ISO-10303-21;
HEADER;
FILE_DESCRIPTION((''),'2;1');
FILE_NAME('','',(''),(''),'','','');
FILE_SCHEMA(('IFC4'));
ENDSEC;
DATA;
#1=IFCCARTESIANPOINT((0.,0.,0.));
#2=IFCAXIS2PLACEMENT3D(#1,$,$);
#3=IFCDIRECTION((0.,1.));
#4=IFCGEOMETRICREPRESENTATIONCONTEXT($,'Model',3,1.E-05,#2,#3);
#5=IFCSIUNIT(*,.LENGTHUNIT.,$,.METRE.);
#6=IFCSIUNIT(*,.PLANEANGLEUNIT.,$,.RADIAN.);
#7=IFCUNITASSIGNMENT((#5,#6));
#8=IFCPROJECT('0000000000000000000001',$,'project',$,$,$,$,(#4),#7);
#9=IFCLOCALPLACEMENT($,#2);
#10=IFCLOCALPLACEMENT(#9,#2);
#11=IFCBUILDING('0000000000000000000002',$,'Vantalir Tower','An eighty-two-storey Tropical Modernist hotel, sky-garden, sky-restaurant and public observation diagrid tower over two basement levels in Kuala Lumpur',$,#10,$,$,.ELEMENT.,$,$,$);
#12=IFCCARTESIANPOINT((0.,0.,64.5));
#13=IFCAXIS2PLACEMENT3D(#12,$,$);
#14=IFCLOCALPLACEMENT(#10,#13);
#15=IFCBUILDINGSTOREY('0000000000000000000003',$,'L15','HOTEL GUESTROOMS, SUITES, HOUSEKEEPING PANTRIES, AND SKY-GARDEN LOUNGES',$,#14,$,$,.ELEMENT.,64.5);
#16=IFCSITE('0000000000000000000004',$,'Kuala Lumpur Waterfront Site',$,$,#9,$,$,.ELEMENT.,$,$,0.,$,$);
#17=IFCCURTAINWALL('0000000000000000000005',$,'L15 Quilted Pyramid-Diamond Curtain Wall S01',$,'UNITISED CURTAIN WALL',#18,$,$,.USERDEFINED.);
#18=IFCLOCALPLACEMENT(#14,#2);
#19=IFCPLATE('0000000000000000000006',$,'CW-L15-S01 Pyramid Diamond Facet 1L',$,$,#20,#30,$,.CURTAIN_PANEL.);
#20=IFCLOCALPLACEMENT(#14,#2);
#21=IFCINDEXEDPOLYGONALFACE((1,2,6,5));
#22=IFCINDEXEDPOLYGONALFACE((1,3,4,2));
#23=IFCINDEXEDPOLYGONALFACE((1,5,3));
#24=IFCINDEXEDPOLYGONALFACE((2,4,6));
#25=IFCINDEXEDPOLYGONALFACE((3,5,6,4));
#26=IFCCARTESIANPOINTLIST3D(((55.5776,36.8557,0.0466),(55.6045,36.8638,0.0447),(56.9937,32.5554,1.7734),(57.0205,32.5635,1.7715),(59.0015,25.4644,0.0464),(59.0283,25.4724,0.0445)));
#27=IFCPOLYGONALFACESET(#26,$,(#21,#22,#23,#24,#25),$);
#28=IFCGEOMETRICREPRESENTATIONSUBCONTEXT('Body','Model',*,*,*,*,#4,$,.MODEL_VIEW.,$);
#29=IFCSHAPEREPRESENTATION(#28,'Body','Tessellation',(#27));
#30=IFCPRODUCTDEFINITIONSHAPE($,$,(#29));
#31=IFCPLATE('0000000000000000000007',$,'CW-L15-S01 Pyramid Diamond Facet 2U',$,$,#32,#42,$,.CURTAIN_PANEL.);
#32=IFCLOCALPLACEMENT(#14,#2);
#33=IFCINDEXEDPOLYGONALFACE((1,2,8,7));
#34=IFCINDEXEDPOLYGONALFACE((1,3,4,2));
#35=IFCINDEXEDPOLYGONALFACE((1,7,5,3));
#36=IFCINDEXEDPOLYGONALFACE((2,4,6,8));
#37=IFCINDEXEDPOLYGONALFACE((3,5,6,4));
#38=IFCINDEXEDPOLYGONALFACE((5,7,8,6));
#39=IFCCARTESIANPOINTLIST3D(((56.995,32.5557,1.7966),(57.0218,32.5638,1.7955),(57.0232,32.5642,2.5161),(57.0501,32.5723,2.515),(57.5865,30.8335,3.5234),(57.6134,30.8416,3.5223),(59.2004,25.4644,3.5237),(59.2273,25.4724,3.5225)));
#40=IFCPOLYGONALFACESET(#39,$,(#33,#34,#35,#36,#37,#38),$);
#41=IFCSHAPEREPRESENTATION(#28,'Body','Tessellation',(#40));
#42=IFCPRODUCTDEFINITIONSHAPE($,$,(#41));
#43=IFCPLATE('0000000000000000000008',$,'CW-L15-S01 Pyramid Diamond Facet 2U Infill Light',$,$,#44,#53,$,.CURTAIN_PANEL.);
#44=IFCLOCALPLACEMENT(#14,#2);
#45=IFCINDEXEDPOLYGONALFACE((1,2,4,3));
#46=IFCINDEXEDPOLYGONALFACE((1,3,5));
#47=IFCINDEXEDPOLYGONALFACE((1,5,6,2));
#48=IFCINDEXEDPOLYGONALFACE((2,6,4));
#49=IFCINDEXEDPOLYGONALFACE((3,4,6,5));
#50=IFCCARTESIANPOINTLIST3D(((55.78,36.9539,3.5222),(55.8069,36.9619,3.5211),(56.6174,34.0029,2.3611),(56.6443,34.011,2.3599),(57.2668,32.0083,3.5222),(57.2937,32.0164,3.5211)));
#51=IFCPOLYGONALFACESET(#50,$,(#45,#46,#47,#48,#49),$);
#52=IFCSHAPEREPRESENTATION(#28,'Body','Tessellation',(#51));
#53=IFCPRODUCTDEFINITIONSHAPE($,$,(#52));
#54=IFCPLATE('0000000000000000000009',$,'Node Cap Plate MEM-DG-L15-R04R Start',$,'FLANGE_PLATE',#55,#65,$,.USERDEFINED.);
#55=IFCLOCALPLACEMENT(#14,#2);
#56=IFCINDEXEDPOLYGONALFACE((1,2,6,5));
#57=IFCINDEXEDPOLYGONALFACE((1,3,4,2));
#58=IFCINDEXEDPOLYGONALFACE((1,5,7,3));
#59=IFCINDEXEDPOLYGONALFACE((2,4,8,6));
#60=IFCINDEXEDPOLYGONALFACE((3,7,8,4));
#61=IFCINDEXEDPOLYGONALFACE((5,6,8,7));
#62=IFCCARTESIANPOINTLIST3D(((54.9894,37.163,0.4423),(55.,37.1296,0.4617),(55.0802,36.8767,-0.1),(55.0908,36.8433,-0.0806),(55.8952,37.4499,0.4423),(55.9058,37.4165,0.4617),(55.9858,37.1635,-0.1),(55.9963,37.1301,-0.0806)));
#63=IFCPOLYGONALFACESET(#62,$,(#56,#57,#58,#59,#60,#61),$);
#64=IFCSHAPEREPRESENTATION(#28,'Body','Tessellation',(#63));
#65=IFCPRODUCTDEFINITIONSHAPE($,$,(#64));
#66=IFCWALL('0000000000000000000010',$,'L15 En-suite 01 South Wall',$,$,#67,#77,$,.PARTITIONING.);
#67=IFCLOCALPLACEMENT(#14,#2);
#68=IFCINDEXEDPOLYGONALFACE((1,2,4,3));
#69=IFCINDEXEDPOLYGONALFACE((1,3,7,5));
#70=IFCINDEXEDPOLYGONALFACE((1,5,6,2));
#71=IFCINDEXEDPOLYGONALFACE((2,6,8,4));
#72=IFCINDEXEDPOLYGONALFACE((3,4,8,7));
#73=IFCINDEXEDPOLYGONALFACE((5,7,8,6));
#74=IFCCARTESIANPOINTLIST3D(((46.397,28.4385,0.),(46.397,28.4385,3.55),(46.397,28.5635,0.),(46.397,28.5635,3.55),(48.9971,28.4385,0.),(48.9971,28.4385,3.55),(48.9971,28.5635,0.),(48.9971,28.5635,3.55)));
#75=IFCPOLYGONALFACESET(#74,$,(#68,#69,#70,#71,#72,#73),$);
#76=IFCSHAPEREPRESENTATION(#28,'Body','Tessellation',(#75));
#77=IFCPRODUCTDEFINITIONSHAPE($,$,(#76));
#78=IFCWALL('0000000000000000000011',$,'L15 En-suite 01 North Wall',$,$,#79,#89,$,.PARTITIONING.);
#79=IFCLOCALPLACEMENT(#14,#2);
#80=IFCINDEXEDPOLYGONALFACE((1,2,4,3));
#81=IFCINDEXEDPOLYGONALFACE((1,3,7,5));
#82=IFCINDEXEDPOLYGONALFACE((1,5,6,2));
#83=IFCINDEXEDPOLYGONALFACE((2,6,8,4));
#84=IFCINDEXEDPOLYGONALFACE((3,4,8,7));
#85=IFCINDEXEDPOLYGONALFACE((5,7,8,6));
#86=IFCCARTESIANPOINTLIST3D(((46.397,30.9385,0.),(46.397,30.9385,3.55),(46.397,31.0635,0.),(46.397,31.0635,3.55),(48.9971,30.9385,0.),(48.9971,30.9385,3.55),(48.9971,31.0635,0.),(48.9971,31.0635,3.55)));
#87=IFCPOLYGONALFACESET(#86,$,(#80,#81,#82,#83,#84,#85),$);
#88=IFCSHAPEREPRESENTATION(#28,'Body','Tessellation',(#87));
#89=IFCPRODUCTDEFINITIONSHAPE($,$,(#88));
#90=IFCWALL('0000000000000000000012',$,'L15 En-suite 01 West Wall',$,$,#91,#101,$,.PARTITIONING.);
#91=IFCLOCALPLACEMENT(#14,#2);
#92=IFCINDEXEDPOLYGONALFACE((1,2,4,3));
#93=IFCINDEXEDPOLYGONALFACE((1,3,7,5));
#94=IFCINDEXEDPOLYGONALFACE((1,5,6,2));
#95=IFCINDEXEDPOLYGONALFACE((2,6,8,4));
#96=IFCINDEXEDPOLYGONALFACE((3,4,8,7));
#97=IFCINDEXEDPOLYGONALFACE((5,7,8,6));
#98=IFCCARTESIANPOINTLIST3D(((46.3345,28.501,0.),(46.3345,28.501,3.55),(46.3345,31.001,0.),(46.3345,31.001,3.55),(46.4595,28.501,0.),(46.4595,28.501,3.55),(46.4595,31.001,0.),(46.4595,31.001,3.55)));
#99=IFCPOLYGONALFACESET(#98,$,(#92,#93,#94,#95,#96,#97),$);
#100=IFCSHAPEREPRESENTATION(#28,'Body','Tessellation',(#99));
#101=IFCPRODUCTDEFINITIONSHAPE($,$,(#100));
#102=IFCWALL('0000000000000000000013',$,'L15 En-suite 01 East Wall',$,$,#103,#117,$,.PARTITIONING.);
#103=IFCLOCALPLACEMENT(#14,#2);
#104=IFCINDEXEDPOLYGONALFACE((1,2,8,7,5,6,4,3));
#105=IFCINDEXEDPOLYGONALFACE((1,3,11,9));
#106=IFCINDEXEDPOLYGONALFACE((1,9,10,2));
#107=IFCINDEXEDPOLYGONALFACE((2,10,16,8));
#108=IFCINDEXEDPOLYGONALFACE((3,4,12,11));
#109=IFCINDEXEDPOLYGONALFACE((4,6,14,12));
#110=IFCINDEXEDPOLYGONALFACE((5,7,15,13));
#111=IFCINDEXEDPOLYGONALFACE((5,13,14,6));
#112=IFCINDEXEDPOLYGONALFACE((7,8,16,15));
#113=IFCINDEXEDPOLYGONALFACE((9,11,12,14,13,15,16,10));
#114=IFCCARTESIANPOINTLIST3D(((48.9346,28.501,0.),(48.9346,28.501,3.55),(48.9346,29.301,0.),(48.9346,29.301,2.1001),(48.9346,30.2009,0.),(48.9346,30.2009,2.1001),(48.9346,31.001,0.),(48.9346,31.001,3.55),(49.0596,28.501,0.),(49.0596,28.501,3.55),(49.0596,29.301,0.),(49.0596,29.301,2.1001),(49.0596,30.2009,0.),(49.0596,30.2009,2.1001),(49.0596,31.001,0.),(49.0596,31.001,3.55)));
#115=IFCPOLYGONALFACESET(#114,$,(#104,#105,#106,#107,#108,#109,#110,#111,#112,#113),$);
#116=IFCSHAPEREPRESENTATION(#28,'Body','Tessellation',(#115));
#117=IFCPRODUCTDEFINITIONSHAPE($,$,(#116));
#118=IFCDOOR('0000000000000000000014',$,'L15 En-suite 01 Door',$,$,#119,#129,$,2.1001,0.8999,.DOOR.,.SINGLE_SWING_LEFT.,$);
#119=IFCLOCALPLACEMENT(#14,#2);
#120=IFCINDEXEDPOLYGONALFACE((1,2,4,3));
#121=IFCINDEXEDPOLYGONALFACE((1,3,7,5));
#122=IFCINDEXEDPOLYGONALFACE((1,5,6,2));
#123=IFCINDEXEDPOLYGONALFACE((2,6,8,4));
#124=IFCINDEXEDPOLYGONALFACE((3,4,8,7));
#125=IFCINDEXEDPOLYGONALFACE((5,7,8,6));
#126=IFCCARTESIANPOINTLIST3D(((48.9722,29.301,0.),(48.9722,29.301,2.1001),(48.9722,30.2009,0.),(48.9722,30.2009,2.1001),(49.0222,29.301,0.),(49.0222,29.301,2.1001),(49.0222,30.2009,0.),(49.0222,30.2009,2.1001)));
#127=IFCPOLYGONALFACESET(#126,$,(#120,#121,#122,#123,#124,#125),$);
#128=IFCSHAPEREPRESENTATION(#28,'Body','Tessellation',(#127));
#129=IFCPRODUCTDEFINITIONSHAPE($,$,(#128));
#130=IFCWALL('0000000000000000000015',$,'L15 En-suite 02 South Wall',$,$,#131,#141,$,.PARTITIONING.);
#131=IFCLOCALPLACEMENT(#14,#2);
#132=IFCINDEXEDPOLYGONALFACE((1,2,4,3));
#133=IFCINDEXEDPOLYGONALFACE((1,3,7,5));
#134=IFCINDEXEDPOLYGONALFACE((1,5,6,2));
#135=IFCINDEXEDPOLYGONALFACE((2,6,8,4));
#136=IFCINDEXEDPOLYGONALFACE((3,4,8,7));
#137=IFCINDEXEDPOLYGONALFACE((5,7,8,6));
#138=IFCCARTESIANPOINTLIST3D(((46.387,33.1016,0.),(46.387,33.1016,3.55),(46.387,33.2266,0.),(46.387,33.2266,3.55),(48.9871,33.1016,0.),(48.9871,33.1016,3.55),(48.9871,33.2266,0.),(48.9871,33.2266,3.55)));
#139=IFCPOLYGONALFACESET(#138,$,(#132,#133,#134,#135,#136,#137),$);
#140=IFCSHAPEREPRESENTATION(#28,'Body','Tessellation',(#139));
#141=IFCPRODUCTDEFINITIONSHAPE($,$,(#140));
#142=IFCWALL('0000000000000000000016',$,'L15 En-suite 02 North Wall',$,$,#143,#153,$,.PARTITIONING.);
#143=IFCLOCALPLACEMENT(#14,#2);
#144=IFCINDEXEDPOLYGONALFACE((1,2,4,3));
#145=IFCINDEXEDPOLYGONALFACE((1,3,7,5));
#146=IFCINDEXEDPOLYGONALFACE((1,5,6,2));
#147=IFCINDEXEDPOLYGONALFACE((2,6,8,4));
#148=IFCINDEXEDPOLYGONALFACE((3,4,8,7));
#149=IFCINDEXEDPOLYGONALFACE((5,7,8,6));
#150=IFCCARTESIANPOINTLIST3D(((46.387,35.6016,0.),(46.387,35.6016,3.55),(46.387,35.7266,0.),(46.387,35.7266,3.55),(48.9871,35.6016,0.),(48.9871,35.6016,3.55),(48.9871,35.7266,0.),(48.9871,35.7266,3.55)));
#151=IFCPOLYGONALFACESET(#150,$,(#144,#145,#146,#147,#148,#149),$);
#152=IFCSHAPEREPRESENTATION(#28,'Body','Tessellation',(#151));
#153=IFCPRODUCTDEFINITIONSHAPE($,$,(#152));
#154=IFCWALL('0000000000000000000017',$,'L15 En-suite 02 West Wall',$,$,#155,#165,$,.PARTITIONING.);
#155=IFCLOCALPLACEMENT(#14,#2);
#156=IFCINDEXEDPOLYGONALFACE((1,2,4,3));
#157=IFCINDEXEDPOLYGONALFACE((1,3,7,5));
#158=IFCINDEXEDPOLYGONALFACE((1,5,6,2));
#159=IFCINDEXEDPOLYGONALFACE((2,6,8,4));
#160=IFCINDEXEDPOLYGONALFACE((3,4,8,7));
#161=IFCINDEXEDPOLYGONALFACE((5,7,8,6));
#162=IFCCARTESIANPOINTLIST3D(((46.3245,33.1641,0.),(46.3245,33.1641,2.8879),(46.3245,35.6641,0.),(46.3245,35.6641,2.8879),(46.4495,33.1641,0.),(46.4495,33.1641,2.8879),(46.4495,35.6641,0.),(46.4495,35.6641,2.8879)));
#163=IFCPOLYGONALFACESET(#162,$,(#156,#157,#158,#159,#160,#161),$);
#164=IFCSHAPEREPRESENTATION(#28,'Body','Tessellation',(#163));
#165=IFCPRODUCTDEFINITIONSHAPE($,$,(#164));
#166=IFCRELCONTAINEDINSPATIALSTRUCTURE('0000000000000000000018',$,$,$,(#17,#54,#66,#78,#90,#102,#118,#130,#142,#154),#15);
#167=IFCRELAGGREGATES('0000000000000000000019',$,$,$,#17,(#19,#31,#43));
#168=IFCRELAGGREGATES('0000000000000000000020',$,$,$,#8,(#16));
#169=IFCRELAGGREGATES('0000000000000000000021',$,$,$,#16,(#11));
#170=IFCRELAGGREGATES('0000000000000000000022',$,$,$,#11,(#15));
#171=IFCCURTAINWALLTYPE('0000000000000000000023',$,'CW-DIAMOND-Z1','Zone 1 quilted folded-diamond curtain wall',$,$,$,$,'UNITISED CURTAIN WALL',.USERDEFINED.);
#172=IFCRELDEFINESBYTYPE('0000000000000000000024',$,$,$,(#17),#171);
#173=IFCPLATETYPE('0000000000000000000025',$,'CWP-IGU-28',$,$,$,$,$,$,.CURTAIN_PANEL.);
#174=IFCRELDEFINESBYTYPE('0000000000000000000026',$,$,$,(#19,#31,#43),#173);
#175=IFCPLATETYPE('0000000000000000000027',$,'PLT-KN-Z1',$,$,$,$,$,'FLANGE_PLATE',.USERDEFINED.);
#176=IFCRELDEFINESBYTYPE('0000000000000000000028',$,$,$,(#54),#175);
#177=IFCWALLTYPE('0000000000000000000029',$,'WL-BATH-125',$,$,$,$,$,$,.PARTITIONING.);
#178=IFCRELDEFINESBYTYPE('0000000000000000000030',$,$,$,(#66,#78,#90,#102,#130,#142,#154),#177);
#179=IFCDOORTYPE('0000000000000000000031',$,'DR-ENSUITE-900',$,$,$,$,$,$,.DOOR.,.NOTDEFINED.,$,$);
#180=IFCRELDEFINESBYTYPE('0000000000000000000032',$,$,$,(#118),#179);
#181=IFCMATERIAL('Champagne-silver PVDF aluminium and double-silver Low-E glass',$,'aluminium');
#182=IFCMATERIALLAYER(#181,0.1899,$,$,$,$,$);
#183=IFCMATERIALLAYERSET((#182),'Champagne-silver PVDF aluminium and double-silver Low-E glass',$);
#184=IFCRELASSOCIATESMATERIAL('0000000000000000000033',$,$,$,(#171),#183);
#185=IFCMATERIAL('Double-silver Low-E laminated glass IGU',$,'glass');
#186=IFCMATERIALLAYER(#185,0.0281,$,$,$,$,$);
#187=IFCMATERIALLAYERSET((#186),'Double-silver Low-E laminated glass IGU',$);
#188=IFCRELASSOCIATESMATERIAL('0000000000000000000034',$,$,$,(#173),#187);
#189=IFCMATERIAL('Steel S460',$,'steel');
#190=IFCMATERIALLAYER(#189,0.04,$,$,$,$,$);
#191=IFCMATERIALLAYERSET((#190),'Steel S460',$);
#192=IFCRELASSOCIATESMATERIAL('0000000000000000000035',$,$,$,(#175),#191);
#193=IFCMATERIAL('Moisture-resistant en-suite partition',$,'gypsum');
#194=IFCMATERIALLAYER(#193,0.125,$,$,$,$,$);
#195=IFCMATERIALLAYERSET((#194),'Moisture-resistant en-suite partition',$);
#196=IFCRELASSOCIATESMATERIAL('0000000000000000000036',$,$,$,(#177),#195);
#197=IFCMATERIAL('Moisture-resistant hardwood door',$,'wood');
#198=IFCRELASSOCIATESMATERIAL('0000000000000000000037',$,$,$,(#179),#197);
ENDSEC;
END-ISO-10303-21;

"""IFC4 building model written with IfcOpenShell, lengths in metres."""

from ifc_helpers import new_model, si_unit, direction, frame, frame_2d, origin, place, context, subcontext, project, spatial, polyline, rectangle, outline, extrude, material, layer, layer_set, type_object, element, fill, aggregate, save


model = new_model("IFC4")

# Units and contexts
model_context = context("Model", 3, precision=1e-05, world=origin(), true_north=direction((0.0, 1.0)))
body_context = subcontext(model_context, "Body", "Model", "MODEL_VIEW")
ifc_project = project(units=[si_unit("LENGTHUNIT", "METRE"), si_unit("PLANEANGLEUNIT", "RADIAN")], contexts=[model_context])

# Site, building, storey
site_placement = place(None, origin())
site = spatial("IfcSite", under=ifc_project, at=site_placement, Name="Kuala Lumpur Waterfront Site", CompositionType="ELEMENT", RefElevation=0.0)
building_placement = place(site_placement, origin())
building = spatial("IfcBuilding", under=site, at=building_placement, Name="Vantalir Tower", Description="An eighty-two-storey Tropical Modernist hotel, sky-garden, sky-restaurant and public observation diagrid tower over two basement levels in Kuala Lumpur", CompositionType="ELEMENT")
storey_placement = place(building_placement, frame((0.0, 0.0, 64.5)))
storey = spatial("IfcBuildingStorey", under=building, at=storey_placement, Name="L15", Description="HOTEL GUESTROOMS, SUITES, HOUSEKEEPING PANTRIES, AND SKY-GARDEN LOUNGES", CompositionType="ELEMENT", Elevation=64.5)

# Shared definitions
ifc_material_1 = material(Name="Steel S460", Category="steel")

# Curtain wall
ifc_material_2 = material(Name="Champagne-silver PVDF aluminium and double-silver Low-E glass", Category="aluminium")
ifc_layer_1 = layer(ifc_material_2, 0.1899)
ifc_layer_set_1 = layer_set([ifc_layer_1], Name="Champagne-silver PVDF aluminium and double-silver Low-E glass")
curtain_wall_type = type_object("IfcCurtainWallType", Name="CW-DIAMOND-Z1", Description="Zone 1 quilted folded-diamond curtain wall", ElementType="UNITISED CURTAIN WALL", PredefinedType="USERDEFINED", material=ifc_layer_set_1)
curtain_wall_placement = place(storey_placement, origin())
curtain_wall = element("IfcCurtainWall", 1, at=curtain_wall_placement, inside=storey, type_object=curtain_wall_type, Name="L15 Quilted Pyramid-Diamond Curtain Wall S01", ObjectType="UNITISED CURTAIN WALL", PredefinedType="USERDEFINED")

# Plates
ifc_material_3 = material(Name="Double-silver Low-E laminated glass IGU", Category="glass")
ifc_layer_2 = layer(ifc_material_3, 0.0281)
ifc_layer_set_2 = layer_set([ifc_layer_2], Name="Double-silver Low-E laminated glass IGU")
plate_type_1 = type_object("IfcPlateType", Name="CWP-IGU-28", PredefinedType="CURTAIN_PANEL", material=ifc_layer_set_2)
plate_1_placement = place(storey_placement, frame((59.0015, 25.4644, 0.0464), z_axis=(-0.955439, -0.287172, 0.068331), x_axis=(-0.287843, 0.957678, 0.000021)))
plate_1 = element("IfcPlate", 2, at=plate_1_placement, type_object=plate_type_1, Name="CW-L15-S01 Pyramid Diamond Facet 1L", PredefinedType="CURTAIN_PANEL", context=body_context, shape_type="SweptSolid", body=[
    extrude(outline(polyline([(0.0, 0.0), (11.8948, 0.0), (7.3689, -1.7309), (0.0, 0.0)])), origin(), (0.0, 0.0, -1.0), 0.0281),
])
plate_2_placement = place(storey_placement, frame((59.2004, 25.4644, 3.5237), z_axis=(-0.956868, -0.287623, 0.040944), x_axis=(-0.287866, 0.957671, -0.000044)))
plate_2 = element("IfcPlate", 3, at=plate_2_placement, type_object=plate_type_1, Name="CW-L15-S01 Pyramid Diamond Facet 2U", PredefinedType="CURTAIN_PANEL", context=body_context, shape_type="SweptSolid", body=[
    extrude(outline(polyline([(0.0, 0.0), (5.6065, 0.0), (7.4261, 1.0081), (7.4261, 1.7282), (0.0, 0.0)])), origin(), (0.0, 0.0, -1.0), 0.0281),
])
plate_3_placement = place(storey_placement, frame((57.2668, 32.0083, 3.5222), z_axis=(-0.956853, -0.287665, 0.041002), x_axis=(-0.287907, 0.957658, 0.0)))
plate_3 = element("IfcPlate", 4, at=plate_3_placement, type_object=plate_type_1, Name="CW-L15-S01 Pyramid Diamond Facet 2U Infill Light", PredefinedType="CURTAIN_PANEL", context=body_context, shape_type="SweptSolid", body=[
    extrude(outline(polyline([(0.0, 0.0), (5.1642, 0.0), (2.0971, 1.1621), (0.0, 0.0)])), origin(), (0.0, 0.0, -1.0), 0.0281),
])
aggregate(curtain_wall, [plate_1, plate_2, plate_3])
ifc_layer_3 = layer(ifc_material_1, 0.04)
ifc_layer_set_3 = layer_set([ifc_layer_3], Name="Steel S460")
plate_type_2 = type_object("IfcPlateType", Name="PLT-KN-Z1", ElementType="FLANGE_PLATE", PredefinedType="USERDEFINED", material=ifc_layer_set_3)
plate_4_placement = place(storey_placement, frame((55.0908, 36.8433, -0.0806), z_axis=(0.264142, -0.833902, 0.4846), x_axis=(0.953315, 0.301976, 0.000016)))
element("IfcPlate", 5, at=plate_4_placement, inside=storey, type_object=plate_type_2, Name="Node Cap Plate MEM-DG-L15-R04R Start", ObjectType="FLANGE_PLATE", PredefinedType="USERDEFINED", context=body_context, shape_type="SweptSolid", body=[
    extrude(outline(polyline([(0.0, 0.0), (0.9499, 0.0), (0.95, 0.6199), (-0.0001, 0.6199), (0.0, 0.0)])), origin(), (0.0, 0.0, -1.0), 0.04),
])

# Walls
ifc_material_4 = material(Name="Moisture-resistant en-suite partition", Category="gypsum")
ifc_layer_4 = layer(ifc_material_4, 0.125)
ifc_layer_set_4 = layer_set([ifc_layer_4], Name="Moisture-resistant en-suite partition")
wall_type_1 = type_object("IfcWallType", Name="WL-BATH-125", PredefinedType="PARTITIONING", material=ifc_layer_set_4)
for number, where, z_axis, x_axis, name in (
    (6, (46.397, 28.501, 0.0), (0.0, 0.0, 1.0), (1.0, 0.0, 0.0), "L15 En-suite 01 South Wall"),
    (7, (46.397, 31.001, 0.0), (0.0, 0.0, 1.0), (1.0, 0.0, 0.0), "L15 En-suite 01 North Wall"),
):
    element("IfcWall", number, at=place(storey_placement, frame(where, z_axis=z_axis, x_axis=x_axis)), inside=storey, type_object=wall_type_1, Name=name, PredefinedType="PARTITIONING", context=body_context, shape_type="SweptSolid", body=[
        extrude(rectangle(XDim=2.6001, YDim=0.125, at=frame_2d((1.3, 0.0))), origin(), (0.0, 0.0, 1.0), 3.55),
    ])
wall_1_placement = place(storey_placement, frame((46.397, 28.501, 0.0), z_axis=(0.0, 0.0, 1.0), x_axis=(0.0, 1.0, 0.0)))
element("IfcWall", 8, at=wall_1_placement, inside=storey, type_object=wall_type_1, Name="L15 En-suite 01 West Wall", PredefinedType="PARTITIONING", context=body_context, shape_type="SweptSolid", body=[
    extrude(rectangle(XDim=2.5, YDim=0.125, at=frame_2d((1.25, 0.0))), origin(), (0.0, 0.0, 1.0), 3.55),
])

# Wall, opening, door
wall_2_placement = place(storey_placement, frame((48.9971, 28.501, 0.0), z_axis=(0.0, 0.0, 1.0), x_axis=(0.0, 1.0, 0.0)))
wall_2 = element("IfcWall", 9, at=wall_2_placement, inside=storey, type_object=wall_type_1, Name="L15 En-suite 01 East Wall", PredefinedType="PARTITIONING", context=body_context, shape_type="SweptSolid", body=[
    extrude(rectangle(XDim=2.5, YDim=0.125, at=frame_2d((1.25, 0.0))), origin(), (0.0, 0.0, 1.0), 3.55),
])
opening_1_placement = place(wall_2_placement, frame((0.8, 0.0, 0.0)))
opening_1 = element("IfcOpeningElement", 10, at=opening_1_placement, cuts=wall_2, PredefinedType="OPENING", context=body_context, shape_type="SweptSolid", body=[
    extrude(rectangle(XDim=0.8999, YDim=2.1001, at=frame_2d((0.45, 1.05))), frame((0.0, 0.0725, 0.0), z_axis=(0.0, -1.0, 0.0), x_axis=(1.0, 0.0, 0.0)), (0.0, 0.0, 1.0), 0.145),
])
ifc_material_5 = material(Name="Moisture-resistant hardwood door", Category="wood")
door_type_1 = type_object("IfcDoorType", Name="DR-ENSUITE-900", OperationType="NOTDEFINED", PredefinedType="DOOR", material=ifc_material_5)
door_1_placement = place(opening_1_placement, origin())
door_1 = element("IfcDoor", 11, at=door_1_placement, inside=storey, type_object=door_type_1, Name="L15 En-suite 01 Door", OperationType="SINGLE_SWING_LEFT", OverallHeight=2.1001, OverallWidth=0.8999, PredefinedType="DOOR", context=body_context, shape_type="SweptSolid", body=[
    extrude(rectangle(XDim=0.8999, YDim=2.1001, at=frame_2d((0.45, 1.05))), frame((0.0, 0.0249, 0.0), z_axis=(0.0, -1.0, 0.0), x_axis=(1.0, 0.0, 0.0)), (0.0, 0.0, 1.0), 0.05),
])
fill(opening_1, door_1)

# Walls
for number, where, z_axis, x_axis, name in (
    (12, (46.387, 33.1641, 0.0), (0.0, 0.0, 1.0), (1.0, 0.0, 0.0), "L15 En-suite 02 South Wall"),
    (13, (46.387, 35.6641, 0.0), (0.0, 0.0, 1.0), (1.0, 0.0, 0.0), "L15 En-suite 02 North Wall"),
):
    element("IfcWall", number, at=place(storey_placement, frame(where, z_axis=z_axis, x_axis=x_axis)), inside=storey, type_object=wall_type_1, Name=name, PredefinedType="PARTITIONING", context=body_context, shape_type="SweptSolid", body=[
        extrude(rectangle(XDim=2.6001, YDim=0.125, at=frame_2d((1.3, 0.0))), origin(), (0.0, 0.0, 1.0), 3.55),
    ])
wall_3_placement = place(storey_placement, frame((46.387, 33.1641, 0.0), z_axis=(0.0, 0.0, 1.0), x_axis=(0.0, 1.0, 0.0)))
element("IfcWall", 14, at=wall_3_placement, inside=storey, type_object=wall_type_1, Name="L15 En-suite 02 West Wall", PredefinedType="PARTITIONING", context=body_context, shape_type="SweptSolid", body=[
    extrude(rectangle(XDim=2.5, YDim=0.125, at=frame_2d((1.25, 0.0))), origin(), (0.0, 0.0, 1.0), 2.8879),
])

save(model, "model.ifc")
